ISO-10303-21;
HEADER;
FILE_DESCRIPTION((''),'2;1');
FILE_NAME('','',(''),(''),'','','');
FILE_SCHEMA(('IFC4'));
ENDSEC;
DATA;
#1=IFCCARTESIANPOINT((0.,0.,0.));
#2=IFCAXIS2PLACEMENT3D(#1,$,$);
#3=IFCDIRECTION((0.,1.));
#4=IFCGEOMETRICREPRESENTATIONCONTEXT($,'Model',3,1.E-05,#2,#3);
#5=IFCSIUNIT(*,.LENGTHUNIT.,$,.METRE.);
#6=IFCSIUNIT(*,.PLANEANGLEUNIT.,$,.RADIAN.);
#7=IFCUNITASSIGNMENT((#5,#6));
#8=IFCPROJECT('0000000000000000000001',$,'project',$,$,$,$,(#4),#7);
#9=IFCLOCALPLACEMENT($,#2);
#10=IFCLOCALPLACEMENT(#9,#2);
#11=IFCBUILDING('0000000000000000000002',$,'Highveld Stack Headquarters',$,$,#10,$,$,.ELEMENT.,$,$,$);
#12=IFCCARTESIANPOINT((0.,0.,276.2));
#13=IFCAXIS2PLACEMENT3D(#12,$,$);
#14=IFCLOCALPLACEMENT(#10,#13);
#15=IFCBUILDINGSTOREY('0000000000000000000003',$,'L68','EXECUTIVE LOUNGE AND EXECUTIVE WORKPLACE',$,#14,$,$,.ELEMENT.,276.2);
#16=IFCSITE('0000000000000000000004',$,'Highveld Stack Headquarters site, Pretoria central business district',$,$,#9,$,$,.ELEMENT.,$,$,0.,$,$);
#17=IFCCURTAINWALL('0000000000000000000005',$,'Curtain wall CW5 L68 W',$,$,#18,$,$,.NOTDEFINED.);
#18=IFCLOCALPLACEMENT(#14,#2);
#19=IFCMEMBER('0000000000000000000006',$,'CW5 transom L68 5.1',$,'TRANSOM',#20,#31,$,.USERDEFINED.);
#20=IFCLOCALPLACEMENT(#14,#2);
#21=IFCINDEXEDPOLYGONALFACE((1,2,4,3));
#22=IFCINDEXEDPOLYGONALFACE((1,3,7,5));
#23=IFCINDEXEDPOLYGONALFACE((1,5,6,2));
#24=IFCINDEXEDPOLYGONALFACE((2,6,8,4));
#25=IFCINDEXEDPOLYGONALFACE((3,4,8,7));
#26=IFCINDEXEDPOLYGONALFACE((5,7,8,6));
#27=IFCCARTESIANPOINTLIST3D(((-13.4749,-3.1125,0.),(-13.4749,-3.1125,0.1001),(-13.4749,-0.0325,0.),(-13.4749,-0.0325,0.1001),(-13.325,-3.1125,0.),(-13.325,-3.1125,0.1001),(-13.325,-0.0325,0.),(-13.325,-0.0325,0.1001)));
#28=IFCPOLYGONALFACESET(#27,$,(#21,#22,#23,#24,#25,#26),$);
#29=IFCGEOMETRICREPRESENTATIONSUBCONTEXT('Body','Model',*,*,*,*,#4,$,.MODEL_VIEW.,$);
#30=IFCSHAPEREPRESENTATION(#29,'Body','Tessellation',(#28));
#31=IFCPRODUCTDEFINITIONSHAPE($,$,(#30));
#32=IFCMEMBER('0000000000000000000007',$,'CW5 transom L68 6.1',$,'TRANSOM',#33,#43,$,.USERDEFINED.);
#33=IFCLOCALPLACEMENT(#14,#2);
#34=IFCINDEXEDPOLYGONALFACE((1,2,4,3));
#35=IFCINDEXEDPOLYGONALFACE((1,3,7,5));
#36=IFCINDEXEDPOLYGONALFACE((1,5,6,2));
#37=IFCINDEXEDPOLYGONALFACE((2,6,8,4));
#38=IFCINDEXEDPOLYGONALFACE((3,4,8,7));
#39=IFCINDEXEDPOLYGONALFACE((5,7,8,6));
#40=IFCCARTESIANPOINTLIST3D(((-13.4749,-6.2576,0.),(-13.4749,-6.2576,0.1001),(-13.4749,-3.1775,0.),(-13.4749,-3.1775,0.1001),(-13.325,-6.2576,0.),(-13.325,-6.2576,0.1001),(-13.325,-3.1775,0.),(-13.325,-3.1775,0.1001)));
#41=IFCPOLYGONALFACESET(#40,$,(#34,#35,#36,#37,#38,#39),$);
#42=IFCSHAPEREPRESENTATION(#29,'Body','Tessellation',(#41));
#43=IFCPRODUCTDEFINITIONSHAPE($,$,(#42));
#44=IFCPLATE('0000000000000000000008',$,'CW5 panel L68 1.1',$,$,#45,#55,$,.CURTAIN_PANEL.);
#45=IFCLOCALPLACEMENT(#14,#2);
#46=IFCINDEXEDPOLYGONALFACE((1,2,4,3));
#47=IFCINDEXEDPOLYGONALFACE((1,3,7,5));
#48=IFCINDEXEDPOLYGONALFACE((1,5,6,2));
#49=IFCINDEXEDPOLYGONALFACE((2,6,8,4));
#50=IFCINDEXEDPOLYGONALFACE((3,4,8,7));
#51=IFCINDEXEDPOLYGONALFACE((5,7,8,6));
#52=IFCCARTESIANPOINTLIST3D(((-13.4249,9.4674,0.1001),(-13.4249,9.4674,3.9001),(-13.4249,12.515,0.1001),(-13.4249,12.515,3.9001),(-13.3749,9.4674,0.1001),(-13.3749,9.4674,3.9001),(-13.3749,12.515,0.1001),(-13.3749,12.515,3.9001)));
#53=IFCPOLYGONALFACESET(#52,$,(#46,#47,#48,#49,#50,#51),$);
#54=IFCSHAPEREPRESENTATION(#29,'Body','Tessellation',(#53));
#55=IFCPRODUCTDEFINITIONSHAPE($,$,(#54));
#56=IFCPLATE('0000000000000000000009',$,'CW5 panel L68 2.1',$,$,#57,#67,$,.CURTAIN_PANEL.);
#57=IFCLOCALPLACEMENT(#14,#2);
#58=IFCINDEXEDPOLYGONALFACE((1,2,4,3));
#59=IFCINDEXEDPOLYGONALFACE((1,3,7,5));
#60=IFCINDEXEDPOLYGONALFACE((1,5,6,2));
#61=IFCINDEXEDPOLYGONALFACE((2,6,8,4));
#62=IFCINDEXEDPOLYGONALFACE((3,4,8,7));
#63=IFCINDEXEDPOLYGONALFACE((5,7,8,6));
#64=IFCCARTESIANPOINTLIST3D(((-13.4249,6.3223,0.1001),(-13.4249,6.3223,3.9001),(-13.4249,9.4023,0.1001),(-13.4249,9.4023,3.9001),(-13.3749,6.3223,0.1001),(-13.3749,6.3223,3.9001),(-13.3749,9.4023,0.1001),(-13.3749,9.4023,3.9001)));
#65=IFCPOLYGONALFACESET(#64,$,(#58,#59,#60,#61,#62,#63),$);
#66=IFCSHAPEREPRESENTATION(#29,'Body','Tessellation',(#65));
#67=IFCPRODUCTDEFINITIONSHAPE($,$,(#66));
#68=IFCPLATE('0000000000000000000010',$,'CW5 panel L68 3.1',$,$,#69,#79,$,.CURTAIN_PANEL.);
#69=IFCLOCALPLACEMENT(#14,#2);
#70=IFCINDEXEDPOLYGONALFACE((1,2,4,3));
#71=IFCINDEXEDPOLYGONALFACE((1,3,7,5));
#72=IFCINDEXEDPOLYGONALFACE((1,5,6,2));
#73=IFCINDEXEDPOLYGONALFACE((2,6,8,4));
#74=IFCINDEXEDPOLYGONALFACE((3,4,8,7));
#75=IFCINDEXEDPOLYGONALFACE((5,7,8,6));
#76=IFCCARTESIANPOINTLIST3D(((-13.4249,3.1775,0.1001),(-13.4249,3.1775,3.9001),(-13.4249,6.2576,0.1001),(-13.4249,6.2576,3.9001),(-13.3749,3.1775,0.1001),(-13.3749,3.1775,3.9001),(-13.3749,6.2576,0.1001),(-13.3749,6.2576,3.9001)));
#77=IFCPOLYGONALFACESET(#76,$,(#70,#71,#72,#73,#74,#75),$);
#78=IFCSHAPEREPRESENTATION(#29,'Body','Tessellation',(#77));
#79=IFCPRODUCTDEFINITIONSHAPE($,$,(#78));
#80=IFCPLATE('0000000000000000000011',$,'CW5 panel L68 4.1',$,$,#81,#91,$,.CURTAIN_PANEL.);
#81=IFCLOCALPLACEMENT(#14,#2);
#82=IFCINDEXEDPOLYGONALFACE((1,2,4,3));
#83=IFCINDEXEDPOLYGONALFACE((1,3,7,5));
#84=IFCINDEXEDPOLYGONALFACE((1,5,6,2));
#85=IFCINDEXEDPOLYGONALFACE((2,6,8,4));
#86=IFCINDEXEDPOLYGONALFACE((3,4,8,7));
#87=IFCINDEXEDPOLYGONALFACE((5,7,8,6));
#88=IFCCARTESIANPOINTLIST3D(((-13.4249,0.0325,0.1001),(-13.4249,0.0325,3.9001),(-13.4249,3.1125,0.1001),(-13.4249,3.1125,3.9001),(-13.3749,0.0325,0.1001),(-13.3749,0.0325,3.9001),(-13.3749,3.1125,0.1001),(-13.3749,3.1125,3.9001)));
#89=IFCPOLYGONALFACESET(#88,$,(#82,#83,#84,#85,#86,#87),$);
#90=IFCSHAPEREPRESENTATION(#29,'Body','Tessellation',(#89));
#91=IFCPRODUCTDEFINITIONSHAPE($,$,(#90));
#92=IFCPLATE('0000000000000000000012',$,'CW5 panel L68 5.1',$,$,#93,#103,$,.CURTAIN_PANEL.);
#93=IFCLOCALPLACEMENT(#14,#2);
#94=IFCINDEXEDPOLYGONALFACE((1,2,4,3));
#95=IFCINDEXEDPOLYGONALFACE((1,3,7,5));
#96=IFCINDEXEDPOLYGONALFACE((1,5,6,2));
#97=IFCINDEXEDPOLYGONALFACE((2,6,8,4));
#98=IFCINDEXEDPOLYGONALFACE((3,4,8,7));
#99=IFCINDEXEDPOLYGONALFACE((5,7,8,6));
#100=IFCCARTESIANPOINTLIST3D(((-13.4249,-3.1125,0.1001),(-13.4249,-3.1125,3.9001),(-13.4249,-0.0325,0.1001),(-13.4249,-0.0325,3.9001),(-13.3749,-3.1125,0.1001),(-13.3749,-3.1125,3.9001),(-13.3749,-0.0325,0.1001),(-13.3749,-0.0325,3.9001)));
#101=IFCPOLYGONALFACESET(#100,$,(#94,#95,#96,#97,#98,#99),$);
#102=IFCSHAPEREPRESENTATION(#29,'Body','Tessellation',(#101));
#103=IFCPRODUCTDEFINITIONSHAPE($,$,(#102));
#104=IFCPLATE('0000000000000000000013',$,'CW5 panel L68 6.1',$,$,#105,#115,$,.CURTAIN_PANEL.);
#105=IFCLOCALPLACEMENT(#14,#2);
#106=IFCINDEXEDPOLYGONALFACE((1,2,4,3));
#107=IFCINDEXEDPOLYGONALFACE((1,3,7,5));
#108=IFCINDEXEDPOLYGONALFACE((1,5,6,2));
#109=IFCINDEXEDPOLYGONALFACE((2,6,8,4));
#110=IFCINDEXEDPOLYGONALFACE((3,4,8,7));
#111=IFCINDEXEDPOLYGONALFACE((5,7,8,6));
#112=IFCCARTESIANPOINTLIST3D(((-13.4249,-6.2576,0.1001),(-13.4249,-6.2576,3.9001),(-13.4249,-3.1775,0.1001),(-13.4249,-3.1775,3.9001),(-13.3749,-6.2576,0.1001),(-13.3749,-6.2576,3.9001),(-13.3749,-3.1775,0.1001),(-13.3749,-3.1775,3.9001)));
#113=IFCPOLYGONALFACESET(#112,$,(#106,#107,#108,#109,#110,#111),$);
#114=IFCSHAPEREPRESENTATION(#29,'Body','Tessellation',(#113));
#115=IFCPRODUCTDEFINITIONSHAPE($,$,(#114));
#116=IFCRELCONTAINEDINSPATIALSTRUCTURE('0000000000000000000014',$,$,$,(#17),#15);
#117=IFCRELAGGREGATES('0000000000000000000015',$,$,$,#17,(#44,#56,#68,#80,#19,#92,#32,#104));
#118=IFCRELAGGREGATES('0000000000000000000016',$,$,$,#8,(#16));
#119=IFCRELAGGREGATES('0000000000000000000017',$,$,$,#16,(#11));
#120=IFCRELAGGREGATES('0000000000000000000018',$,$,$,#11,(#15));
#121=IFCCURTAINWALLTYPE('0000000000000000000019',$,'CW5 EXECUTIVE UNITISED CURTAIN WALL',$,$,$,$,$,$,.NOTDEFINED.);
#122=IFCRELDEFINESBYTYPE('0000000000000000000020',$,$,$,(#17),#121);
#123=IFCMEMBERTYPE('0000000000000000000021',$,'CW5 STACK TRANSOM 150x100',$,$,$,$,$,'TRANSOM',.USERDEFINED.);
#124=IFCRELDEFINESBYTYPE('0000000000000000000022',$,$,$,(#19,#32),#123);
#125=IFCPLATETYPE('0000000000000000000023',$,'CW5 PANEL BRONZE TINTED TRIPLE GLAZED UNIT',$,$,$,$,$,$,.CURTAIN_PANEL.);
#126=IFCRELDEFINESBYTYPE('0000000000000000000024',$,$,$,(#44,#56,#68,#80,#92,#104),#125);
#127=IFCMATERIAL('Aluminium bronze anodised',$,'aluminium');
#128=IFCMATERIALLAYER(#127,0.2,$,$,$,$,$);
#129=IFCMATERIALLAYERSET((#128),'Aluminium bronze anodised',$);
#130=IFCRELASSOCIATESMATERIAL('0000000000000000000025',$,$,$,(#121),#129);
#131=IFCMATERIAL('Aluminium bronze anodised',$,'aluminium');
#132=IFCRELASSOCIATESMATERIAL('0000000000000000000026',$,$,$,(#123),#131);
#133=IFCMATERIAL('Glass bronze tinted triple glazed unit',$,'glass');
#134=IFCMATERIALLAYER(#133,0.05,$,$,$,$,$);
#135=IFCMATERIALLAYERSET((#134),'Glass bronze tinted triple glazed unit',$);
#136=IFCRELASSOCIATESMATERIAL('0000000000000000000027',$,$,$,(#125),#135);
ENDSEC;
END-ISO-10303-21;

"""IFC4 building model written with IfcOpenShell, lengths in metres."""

from ifc_helpers import new_model, si_unit, direction, frame, origin, origin_2d, place, context, subcontext, project, spatial, rectangle, extrude, material, layer, layer_set, material_profile, profile_set, type_object, element, aggregate, save


model = new_model("IFC4")

# Units and contexts
model_context = context("Model", 3, precision=1e-05, world=origin(), true_north=direction((0.0, 1.0)))
body_context = subcontext(model_context, "Body", "Model", "MODEL_VIEW")
ifc_project = project(units=[si_unit("LENGTHUNIT", "METRE"), si_unit("PLANEANGLEUNIT", "RADIAN")], contexts=[model_context])

# Site, building, storey
site_placement = place(None, origin())
site = spatial("IfcSite", under=ifc_project, at=site_placement, Name="Highveld Stack Headquarters site, Pretoria central business district", CompositionType="ELEMENT", RefElevation=0.0)
building_placement = place(site_placement, origin())
building = spatial("IfcBuilding", under=site, at=building_placement, Name="Highveld Stack Headquarters", CompositionType="ELEMENT")
storey_placement = place(building_placement, frame((0.0, 0.0, 276.2)))
storey = spatial("IfcBuildingStorey", under=building, at=storey_placement, Name="L68", Description="EXECUTIVE LOUNGE AND EXECUTIVE WORKPLACE", CompositionType="ELEMENT", Elevation=276.2)

# Curtain wall, members, plates
ifc_material_1 = material(Name="Aluminium bronze anodised", Category="aluminium")
ifc_layer_1 = layer(ifc_material_1, 0.2)
ifc_layer_set_1 = layer_set([ifc_layer_1], Name="Aluminium bronze anodised")
curtain_wall_type = type_object("IfcCurtainWallType", Name="CW5 EXECUTIVE UNITISED CURTAIN WALL", PredefinedType="NOTDEFINED", material=ifc_layer_set_1)
curtain_wall_placement = place(storey_placement, origin())
curtain_wall = element("IfcCurtainWall", 1, at=curtain_wall_placement, inside=storey, type_object=curtain_wall_type, Name="Curtain wall CW5 L68 W", PredefinedType="NOTDEFINED")
ifc_material_2 = material(Name="Aluminium bronze anodised", Category="aluminium")
ifc_material_profile_1 = material_profile(ifc_material_2, rectangle(XDim=0.1499, YDim=0.1001, at=origin_2d()), Name="CW5 TRANSOM 150x100")
ifc_profile_set_1 = profile_set([ifc_material_profile_1], Name="Aluminium bronze anodised")
member_type_1 = type_object("IfcMemberType", Name="CW5 STACK TRANSOM 150x100", ElementType="TRANSOM", PredefinedType="USERDEFINED", material=ifc_profile_set_1)
member_1_placement = place(storey_placement, frame((-13.3999, -0.0325, 0.05), z_axis=(0.0, -1.0, 0.0), x_axis=(1.0, 0.0, 0.0)))
member_1 = element("IfcMember", 2, at=member_1_placement, type_object=member_type_1, Name="CW5 transom L68 5.1", ObjectType="TRANSOM", PredefinedType="USERDEFINED", context=body_context, shape_type="SweptSolid", body=[
    extrude(rectangle(XDim=0.1499, YDim=0.1001, at=origin_2d()), origin(), (0.0, 0.0, 1.0), 3.0801),
])
member_2_placement = place(storey_placement, frame((-13.3999, -3.1775, 0.05), z_axis=(0.0, -1.0, 0.0), x_axis=(1.0, 0.0, 0.0)))
member_2 = element("IfcMember", 3, at=member_2_placement, type_object=member_type_1, Name="CW5 transom L68 6.1", ObjectType="TRANSOM", PredefinedType="USERDEFINED", context=body_context, shape_type="SweptSolid", body=[
    extrude(rectangle(XDim=0.1499, YDim=0.1001, at=origin_2d()), origin(), (0.0, 0.0, 1.0), 3.0801),
])
ifc_material_3 = material(Name="Glass bronze tinted triple glazed unit", Category="glass")
ifc_layer_2 = layer(ifc_material_3, 0.05)
ifc_layer_set_2 = layer_set([ifc_layer_2], Name="Glass bronze tinted triple glazed unit")
plate_type = type_object("IfcPlateType", Name="CW5 PANEL BRONZE TINTED TRIPLE GLAZED UNIT", PredefinedType="CURTAIN_PANEL", material=ifc_layer_set_2)
plate_1_placement = place(storey_placement, frame((-13.3999, 10.9912, 0.1001), z_axis=(0.0, 0.0, 1.0), x_axis=(0.0, -1.0, 0.0)))
plate_1 = element("IfcPlate", 4, at=plate_1_placement, type_object=plate_type, Name="CW5 panel L68 1.1", PredefinedType="CURTAIN_PANEL", context=body_context, shape_type="SweptSolid", body=[
    extrude(rectangle(XDim=3.0476, YDim=0.05, at=origin_2d()), origin(), (0.0, 0.0, 1.0), 3.8),
])
plate_2_placement = place(storey_placement, frame((-13.3999, 7.8623, 0.1001), z_axis=(0.0, 0.0, 1.0), x_axis=(0.0, -1.0, 0.0)))
plate_2 = element("IfcPlate", 5, at=plate_2_placement, type_object=plate_type, Name="CW5 panel L68 2.1", PredefinedType="CURTAIN_PANEL", context=body_context, shape_type="SweptSolid", body=[
    extrude(rectangle(XDim=3.0801, YDim=0.05, at=origin_2d()), origin(), (0.0, 0.0, 1.0), 3.8),
])
plate_3_placement = place(storey_placement, frame((-13.3999, 4.7175, 0.1001), z_axis=(0.0, 0.0, 1.0), x_axis=(0.0, -1.0, 0.0)))
plate_3 = element("IfcPlate", 6, at=plate_3_placement, type_object=plate_type, Name="CW5 panel L68 3.1", PredefinedType="CURTAIN_PANEL", context=body_context, shape_type="SweptSolid", body=[
    extrude(rectangle(XDim=3.0801, YDim=0.05, at=origin_2d()), origin(), (0.0, 0.0, 1.0), 3.8),
])
plate_4_placement = place(storey_placement, frame((-13.3999, 1.5725, 0.1001), z_axis=(0.0, 0.0, 1.0), x_axis=(0.0, -1.0, 0.0)))
plate_4 = element("IfcPlate", 7, at=plate_4_placement, type_object=plate_type, Name="CW5 panel L68 4.1", PredefinedType="CURTAIN_PANEL", context=body_context, shape_type="SweptSolid", body=[
    extrude(rectangle(XDim=3.0801, YDim=0.05, at=origin_2d()), origin(), (0.0, 0.0, 1.0), 3.8),
])
plate_5_placement = place(storey_placement, frame((-13.3999, -1.5725, 0.1001), z_axis=(0.0, 0.0, 1.0), x_axis=(0.0, -1.0, 0.0)))
plate_5 = element("IfcPlate", 8, at=plate_5_placement, type_object=plate_type, Name="CW5 panel L68 5.1", PredefinedType="CURTAIN_PANEL", context=body_context, shape_type="SweptSolid", body=[
    extrude(rectangle(XDim=3.0801, YDim=0.05, at=origin_2d()), origin(), (0.0, 0.0, 1.0), 3.8),
])
plate_6_placement = place(storey_placement, frame((-13.3999, -4.7175, 0.1001), z_axis=(0.0, 0.0, 1.0), x_axis=(0.0, -1.0, 0.0)))
plate_6 = element("IfcPlate", 9, at=plate_6_placement, type_object=plate_type, Name="CW5 panel L68 6.1", PredefinedType="CURTAIN_PANEL", context=body_context, shape_type="SweptSolid", body=[
    extrude(rectangle(XDim=3.0801, YDim=0.05, at=origin_2d()), origin(), (0.0, 0.0, 1.0), 3.8),
])
aggregate(curtain_wall, [plate_1, plate_2, plate_3, plate_4, member_1, plate_5, member_2, plate_6])

save(model, "model.ifc")
